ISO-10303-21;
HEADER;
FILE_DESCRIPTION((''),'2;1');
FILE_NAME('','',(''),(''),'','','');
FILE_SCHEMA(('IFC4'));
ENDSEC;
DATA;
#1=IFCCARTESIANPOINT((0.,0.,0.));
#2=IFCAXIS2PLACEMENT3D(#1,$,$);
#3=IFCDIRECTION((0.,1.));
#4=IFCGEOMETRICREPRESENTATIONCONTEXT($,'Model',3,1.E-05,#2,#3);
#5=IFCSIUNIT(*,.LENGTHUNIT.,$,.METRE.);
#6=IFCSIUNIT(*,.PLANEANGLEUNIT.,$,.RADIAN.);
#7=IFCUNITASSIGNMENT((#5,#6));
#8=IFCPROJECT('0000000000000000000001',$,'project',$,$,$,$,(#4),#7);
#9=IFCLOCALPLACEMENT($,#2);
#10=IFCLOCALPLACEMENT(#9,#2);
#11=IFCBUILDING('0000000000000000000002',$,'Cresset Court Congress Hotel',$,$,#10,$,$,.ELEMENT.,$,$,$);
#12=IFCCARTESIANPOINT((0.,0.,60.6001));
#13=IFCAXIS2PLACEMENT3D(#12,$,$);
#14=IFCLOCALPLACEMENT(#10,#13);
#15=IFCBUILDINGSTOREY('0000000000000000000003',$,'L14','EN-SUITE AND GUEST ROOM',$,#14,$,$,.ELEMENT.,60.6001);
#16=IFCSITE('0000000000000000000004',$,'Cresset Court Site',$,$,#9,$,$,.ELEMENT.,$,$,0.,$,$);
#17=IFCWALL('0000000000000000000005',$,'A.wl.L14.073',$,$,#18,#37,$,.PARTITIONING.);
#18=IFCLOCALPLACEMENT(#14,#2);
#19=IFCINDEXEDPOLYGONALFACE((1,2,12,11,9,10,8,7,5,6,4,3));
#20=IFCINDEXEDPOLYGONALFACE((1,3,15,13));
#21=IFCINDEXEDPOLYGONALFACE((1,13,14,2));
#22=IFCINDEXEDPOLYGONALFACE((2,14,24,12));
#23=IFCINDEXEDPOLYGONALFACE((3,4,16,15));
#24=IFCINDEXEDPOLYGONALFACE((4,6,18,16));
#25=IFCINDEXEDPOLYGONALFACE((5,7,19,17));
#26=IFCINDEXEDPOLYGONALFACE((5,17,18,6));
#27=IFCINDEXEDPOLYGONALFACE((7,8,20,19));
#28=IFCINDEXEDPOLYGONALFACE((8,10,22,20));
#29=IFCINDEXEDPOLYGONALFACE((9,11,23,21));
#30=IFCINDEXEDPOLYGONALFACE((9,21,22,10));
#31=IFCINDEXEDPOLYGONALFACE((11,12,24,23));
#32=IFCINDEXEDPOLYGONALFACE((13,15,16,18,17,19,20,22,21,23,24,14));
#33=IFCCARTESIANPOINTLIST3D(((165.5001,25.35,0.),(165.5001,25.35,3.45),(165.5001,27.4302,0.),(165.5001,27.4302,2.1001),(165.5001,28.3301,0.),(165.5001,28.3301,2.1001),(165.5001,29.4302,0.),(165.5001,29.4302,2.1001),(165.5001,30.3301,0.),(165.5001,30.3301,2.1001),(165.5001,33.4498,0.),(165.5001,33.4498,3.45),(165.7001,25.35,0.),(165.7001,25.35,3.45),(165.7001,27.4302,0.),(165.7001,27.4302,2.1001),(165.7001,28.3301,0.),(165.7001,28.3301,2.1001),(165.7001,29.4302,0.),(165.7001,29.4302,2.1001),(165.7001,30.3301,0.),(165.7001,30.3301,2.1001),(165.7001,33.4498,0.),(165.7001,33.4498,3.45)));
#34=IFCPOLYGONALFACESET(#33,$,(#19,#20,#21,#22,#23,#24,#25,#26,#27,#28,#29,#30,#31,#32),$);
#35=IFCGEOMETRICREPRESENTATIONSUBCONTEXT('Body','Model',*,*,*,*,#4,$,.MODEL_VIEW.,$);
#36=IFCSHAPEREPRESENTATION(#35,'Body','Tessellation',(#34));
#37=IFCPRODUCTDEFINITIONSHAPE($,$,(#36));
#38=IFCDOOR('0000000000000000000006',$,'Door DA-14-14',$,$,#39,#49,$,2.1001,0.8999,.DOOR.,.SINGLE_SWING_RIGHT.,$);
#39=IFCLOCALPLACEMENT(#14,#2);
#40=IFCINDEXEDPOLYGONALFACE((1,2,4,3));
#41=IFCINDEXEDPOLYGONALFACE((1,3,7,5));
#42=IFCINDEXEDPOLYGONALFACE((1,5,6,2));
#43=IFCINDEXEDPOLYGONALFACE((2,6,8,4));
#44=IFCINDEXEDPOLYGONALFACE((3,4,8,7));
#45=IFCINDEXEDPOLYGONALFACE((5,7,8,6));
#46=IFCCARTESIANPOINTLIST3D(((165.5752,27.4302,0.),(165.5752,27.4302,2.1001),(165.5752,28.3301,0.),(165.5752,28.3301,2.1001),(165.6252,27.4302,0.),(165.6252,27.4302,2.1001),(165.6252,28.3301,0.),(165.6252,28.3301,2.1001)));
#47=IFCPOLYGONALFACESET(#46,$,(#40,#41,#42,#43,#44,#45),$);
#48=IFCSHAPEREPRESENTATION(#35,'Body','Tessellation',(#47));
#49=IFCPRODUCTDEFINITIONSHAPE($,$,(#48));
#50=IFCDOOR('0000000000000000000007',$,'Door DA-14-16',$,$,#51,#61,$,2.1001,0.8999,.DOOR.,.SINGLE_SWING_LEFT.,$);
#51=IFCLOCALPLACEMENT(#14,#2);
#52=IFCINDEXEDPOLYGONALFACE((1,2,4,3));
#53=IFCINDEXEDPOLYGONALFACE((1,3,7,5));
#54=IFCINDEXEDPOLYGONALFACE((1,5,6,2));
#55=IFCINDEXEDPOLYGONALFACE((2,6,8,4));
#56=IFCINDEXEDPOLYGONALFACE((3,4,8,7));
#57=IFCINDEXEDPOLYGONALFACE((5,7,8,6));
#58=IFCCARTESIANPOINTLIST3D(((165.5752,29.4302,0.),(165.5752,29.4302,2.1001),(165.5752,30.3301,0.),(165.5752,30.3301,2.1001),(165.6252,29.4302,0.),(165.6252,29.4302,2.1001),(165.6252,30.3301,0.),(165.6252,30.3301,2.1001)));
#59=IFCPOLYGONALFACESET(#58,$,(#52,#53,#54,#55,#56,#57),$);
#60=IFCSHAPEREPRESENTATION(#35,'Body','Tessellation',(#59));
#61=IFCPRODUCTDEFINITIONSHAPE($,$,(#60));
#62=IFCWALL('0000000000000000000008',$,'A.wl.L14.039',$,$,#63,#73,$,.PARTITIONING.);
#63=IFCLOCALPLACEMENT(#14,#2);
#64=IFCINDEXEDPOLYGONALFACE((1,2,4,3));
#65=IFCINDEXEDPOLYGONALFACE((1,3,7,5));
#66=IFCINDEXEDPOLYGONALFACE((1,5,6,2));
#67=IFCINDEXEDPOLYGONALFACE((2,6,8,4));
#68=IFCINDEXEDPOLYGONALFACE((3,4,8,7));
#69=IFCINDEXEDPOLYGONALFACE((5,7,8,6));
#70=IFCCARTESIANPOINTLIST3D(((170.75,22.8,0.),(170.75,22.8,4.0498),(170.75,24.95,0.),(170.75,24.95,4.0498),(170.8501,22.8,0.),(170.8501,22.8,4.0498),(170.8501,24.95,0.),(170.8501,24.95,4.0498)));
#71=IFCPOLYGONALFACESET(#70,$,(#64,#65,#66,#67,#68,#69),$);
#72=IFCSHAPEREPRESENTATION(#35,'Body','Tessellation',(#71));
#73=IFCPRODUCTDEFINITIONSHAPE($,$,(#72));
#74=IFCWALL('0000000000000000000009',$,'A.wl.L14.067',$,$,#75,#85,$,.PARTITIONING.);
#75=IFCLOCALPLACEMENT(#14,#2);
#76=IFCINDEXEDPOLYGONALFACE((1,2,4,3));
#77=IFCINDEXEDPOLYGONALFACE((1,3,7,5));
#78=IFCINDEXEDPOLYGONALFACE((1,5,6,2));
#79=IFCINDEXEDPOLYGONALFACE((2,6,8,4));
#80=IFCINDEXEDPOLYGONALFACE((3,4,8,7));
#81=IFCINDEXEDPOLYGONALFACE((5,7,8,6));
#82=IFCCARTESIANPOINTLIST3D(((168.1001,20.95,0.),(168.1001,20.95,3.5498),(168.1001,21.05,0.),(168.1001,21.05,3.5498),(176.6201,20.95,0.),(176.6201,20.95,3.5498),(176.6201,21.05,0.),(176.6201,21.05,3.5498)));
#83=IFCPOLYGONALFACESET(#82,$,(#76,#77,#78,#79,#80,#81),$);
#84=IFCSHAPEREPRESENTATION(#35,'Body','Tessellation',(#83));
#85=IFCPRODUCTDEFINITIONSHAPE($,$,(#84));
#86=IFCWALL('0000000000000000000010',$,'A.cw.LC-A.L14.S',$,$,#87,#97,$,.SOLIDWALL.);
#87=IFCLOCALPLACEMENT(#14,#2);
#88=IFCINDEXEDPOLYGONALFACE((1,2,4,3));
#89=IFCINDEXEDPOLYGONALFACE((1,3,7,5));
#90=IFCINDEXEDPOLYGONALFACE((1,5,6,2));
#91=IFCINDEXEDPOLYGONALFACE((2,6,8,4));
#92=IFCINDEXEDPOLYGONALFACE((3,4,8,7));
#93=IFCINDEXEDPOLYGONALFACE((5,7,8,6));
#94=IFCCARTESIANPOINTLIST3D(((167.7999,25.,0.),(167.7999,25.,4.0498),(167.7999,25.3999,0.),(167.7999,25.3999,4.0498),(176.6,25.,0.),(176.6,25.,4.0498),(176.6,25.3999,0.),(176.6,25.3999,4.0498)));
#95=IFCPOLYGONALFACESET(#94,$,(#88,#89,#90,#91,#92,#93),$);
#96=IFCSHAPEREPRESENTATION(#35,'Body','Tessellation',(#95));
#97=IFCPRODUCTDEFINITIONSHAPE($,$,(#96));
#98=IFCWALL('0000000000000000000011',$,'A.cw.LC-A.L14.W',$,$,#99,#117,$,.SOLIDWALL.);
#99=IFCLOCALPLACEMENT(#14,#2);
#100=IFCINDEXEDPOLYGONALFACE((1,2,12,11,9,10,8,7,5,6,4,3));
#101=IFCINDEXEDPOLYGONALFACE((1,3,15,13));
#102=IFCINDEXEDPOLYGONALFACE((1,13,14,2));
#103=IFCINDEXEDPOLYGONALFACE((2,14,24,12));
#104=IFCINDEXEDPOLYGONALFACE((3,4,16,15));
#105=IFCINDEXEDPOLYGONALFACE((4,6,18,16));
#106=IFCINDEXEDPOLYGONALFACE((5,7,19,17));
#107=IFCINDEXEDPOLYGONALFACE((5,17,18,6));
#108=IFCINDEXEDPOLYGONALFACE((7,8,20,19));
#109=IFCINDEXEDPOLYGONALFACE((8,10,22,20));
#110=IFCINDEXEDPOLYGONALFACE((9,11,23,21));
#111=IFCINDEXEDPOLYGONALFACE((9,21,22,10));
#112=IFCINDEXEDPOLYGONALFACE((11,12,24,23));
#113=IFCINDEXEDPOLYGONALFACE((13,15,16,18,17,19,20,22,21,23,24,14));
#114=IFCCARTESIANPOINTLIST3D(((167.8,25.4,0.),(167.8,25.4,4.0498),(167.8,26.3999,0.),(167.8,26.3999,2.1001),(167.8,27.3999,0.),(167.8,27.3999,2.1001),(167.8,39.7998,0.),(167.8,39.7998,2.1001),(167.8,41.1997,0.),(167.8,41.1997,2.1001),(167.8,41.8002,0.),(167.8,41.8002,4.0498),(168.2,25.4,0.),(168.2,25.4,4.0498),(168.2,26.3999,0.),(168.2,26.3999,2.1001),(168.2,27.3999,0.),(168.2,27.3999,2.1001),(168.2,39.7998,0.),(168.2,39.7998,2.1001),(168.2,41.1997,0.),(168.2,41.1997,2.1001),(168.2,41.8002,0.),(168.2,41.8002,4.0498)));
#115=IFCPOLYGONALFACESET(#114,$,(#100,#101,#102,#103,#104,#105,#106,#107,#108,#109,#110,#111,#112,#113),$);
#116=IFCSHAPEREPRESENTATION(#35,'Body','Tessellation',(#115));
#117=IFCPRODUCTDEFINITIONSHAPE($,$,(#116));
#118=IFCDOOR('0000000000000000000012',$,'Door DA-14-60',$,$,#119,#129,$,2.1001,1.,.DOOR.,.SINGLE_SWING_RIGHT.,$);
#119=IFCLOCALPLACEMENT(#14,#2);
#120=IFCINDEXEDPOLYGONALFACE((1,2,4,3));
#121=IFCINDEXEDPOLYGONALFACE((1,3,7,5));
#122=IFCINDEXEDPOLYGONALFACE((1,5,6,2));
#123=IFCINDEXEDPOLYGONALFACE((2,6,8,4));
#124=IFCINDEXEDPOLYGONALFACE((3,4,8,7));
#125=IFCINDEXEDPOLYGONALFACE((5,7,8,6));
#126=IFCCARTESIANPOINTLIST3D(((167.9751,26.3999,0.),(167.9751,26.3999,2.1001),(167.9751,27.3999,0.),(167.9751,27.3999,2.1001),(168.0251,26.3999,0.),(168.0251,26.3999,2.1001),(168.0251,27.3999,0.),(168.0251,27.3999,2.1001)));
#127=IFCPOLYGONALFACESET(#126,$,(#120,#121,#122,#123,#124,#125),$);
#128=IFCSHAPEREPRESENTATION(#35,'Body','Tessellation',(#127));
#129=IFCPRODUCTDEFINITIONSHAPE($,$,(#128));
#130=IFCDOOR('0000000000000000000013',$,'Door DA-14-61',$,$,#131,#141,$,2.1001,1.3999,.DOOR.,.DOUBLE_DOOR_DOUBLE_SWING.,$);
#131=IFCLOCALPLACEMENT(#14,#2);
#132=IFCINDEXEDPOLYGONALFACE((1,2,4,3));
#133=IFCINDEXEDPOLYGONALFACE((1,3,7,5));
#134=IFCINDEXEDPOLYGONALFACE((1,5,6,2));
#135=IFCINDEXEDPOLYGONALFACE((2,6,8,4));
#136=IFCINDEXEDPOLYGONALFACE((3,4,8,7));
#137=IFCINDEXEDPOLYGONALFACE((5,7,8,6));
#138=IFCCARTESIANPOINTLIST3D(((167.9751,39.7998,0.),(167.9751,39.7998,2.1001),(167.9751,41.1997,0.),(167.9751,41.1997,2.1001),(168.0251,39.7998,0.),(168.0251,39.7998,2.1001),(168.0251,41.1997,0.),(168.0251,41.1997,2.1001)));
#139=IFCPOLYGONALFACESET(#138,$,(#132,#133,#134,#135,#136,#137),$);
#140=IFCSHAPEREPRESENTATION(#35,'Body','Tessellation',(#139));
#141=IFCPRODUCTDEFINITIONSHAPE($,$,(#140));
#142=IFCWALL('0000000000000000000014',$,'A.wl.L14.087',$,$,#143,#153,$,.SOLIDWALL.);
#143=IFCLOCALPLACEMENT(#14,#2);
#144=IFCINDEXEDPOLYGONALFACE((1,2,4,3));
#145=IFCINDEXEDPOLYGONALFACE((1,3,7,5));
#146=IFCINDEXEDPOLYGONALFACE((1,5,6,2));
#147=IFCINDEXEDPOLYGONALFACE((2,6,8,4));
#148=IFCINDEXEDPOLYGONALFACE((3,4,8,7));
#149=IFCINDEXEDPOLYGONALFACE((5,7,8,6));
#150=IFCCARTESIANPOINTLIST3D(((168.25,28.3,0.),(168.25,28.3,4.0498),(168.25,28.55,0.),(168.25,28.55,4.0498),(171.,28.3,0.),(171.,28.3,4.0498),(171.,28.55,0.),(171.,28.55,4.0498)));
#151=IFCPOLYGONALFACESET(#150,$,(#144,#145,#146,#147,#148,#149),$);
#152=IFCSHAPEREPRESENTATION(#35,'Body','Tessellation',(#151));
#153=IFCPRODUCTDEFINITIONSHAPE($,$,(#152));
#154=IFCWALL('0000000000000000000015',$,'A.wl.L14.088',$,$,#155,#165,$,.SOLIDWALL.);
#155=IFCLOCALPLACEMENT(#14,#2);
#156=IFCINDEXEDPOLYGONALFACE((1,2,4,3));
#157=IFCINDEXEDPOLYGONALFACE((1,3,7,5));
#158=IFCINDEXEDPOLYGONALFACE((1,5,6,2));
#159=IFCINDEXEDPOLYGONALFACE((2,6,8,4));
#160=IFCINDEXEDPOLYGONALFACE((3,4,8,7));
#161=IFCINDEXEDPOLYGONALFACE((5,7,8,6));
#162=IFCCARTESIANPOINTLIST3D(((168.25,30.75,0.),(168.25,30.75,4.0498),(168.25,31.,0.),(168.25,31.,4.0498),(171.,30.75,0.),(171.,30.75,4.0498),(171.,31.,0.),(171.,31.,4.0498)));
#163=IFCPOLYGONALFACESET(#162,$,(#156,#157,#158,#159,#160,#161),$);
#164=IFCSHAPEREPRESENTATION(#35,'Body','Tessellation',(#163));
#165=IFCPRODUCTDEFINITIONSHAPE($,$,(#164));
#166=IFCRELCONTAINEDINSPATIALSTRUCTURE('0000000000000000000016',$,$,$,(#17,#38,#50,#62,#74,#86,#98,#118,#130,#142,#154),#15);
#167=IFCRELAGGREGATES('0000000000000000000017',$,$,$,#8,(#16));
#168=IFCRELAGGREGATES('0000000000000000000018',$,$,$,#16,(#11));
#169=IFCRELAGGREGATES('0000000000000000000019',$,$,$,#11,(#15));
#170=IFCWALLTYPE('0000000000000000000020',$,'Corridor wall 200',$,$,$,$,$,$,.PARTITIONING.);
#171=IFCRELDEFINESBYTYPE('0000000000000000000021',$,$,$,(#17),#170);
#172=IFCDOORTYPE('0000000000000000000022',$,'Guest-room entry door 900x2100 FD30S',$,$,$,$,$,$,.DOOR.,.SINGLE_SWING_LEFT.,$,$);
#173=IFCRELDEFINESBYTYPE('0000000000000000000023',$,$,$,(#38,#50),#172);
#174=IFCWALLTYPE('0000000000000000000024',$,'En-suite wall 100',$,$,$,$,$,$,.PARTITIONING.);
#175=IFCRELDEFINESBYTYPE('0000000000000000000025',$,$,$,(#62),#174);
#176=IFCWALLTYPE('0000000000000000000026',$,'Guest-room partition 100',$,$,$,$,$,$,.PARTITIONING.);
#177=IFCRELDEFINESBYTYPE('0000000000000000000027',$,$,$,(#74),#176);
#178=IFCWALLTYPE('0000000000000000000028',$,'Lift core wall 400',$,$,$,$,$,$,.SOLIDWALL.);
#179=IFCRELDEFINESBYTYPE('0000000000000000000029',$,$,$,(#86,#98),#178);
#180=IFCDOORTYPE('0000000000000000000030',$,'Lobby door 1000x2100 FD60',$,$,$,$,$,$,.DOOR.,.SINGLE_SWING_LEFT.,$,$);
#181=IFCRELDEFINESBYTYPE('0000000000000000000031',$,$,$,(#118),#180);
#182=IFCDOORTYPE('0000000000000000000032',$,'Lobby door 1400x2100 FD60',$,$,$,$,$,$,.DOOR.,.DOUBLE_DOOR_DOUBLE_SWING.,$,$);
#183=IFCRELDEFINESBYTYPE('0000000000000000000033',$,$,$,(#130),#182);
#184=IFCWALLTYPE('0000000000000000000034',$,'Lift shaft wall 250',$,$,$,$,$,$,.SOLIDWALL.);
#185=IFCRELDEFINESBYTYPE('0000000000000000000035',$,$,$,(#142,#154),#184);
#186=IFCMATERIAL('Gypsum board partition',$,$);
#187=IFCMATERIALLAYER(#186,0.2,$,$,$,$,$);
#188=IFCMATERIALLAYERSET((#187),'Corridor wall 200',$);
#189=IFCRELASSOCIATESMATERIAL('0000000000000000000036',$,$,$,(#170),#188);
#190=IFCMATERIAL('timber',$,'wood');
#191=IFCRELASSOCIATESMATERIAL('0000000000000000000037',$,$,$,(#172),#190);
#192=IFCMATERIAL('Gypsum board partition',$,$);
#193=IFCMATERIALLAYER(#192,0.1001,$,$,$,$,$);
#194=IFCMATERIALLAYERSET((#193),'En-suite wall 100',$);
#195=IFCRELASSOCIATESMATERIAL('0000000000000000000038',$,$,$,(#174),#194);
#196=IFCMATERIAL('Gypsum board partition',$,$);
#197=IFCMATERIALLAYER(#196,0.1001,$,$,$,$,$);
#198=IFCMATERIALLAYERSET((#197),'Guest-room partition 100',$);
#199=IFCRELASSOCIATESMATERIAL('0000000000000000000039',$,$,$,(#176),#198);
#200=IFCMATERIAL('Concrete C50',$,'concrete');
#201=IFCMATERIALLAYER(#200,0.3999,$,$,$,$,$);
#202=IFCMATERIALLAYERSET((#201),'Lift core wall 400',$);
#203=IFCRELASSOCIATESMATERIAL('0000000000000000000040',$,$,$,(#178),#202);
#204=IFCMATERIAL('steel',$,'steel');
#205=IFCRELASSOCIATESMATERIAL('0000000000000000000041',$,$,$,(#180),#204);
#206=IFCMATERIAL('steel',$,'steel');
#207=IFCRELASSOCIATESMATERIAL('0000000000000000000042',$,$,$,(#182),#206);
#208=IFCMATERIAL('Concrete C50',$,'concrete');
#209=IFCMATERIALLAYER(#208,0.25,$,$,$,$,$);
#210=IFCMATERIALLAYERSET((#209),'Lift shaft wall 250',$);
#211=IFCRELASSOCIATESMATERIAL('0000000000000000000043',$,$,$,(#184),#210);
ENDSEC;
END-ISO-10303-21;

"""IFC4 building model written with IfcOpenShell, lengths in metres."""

from ifc_helpers import new_model, si_unit, direction, frame, frame_2d, origin, place, context, subcontext, project, spatial, rectangle, extrude, material, layer, layer_set, type_object, element, fill, save


model = new_model("IFC4")

# Units and contexts
model_context = context("Model", 3, precision=1e-05, world=origin(), true_north=direction((0.0, 1.0)))
body_context = subcontext(model_context, "Body", "Model", "MODEL_VIEW")
ifc_project = project(units=[si_unit("LENGTHUNIT", "METRE"), si_unit("PLANEANGLEUNIT", "RADIAN")], contexts=[model_context])

# Site, building, storey
site_placement = place(None, origin())
site = spatial("IfcSite", under=ifc_project, at=site_placement, Name="Cresset Court Site", CompositionType="ELEMENT", RefElevation=0.0)
building_placement = place(site_placement, origin())
building = spatial("IfcBuilding", under=site, at=building_placement, Name="Cresset Court Congress Hotel", CompositionType="ELEMENT")
storey_placement = place(building_placement, frame((0.0, 0.0, 60.6001)))
storey = spatial("IfcBuildingStorey", under=building, at=storey_placement, Name="L14", Description="EN-SUITE AND GUEST ROOM", CompositionType="ELEMENT", Elevation=60.6001)

# Wall, openings, doors
ifc_material_1 = material(Name="Gypsum board partition")
ifc_layer_1 = layer(ifc_material_1, 0.2)
ifc_layer_set_1 = layer_set([ifc_layer_1], Name="Corridor wall 200")
wall_type_1 = type_object("IfcWallType", Name="Corridor wall 200", PredefinedType="PARTITIONING", material=ifc_layer_set_1)
wall_1_placement = place(storey_placement, frame((165.6001, 25.3501, 0.0), z_axis=(0.0, 0.0, 1.0), x_axis=(0.0, 1.0, 0.0)))
wall_1 = element("IfcWall", 1, at=wall_1_placement, inside=storey, type_object=wall_type_1, Name="A.wl.L14.073", PredefinedType="PARTITIONING", context=body_context, shape_type="SweptSolid", body=[
    extrude(rectangle(XDim=8.0999, YDim=0.2, at=frame_2d((4.0498, 0.0))), origin(), (0.0, 0.0, 1.0), 3.45),
])
opening_1_placement = place(wall_1_placement, frame((2.0801, 0.0, 0.0)))
opening_1 = element("IfcOpeningElement", 2, at=opening_1_placement, cuts=wall_1, PredefinedType="OPENING", context=body_context, shape_type="SweptSolid", body=[
    extrude(rectangle(XDim=0.8999, YDim=2.1001, at=frame_2d((0.45, 1.05))), frame((0.0, 0.1099, 0.0), z_axis=(0.0, -1.0, 0.0), x_axis=(1.0, 0.0, 0.0)), (0.0, 0.0, 1.0), 0.22),
])
opening_2_placement = place(wall_1_placement, frame((4.0801, 0.0, 0.0)))
opening_2 = element("IfcOpeningElement", 3, at=opening_2_placement, cuts=wall_1, PredefinedType="OPENING", context=body_context, shape_type="SweptSolid", body=[
    extrude(rectangle(XDim=0.8999, YDim=2.1001, at=frame_2d((0.45, 1.05))), frame((0.0, 0.1099, 0.0), z_axis=(0.0, -1.0, 0.0), x_axis=(1.0, 0.0, 0.0)), (0.0, 0.0, 1.0), 0.22),
])
ifc_material_2 = material(Name="timber", Category="wood")
door_type_1 = type_object("IfcDoorType", Name="Guest-room entry door 900x2100 FD30S", OperationType="SINGLE_SWING_LEFT", PredefinedType="DOOR", material=ifc_material_2)
door_1_placement = place(opening_1_placement, origin())
door_1 = element("IfcDoor", 4, at=door_1_placement, inside=storey, type_object=door_type_1, Name="Door DA-14-14", OperationType="SINGLE_SWING_RIGHT", OverallHeight=2.1001, OverallWidth=0.8999, PredefinedType="DOOR", context=body_context, shape_type="SweptSolid", body=[
    extrude(rectangle(XDim=0.8999, YDim=2.1001, at=frame_2d((0.45, 1.05))), frame((0.0, 0.0249, 0.0), z_axis=(0.0, -1.0, 0.0), x_axis=(1.0, 0.0, 0.0)), (0.0, 0.0, 1.0), 0.05),
])
fill(opening_1, door_1)
door_2_placement = place(opening_2_placement, origin())
door_2 = element("IfcDoor", 5, at=door_2_placement, inside=storey, type_object=door_type_1, Name="Door DA-14-16", OperationType="SINGLE_SWING_LEFT", OverallHeight=2.1001, OverallWidth=0.8999, PredefinedType="DOOR", context=body_context, shape_type="SweptSolid", body=[
    extrude(rectangle(XDim=0.8999, YDim=2.1001, at=frame_2d((0.45, 1.05))), frame((0.0, 0.0249, 0.0), z_axis=(0.0, -1.0, 0.0), x_axis=(1.0, 0.0, 0.0)), (0.0, 0.0, 1.0), 0.05),
])
fill(opening_2, door_2)

# Walls
ifc_material_3 = material(Name="Gypsum board partition")
ifc_layer_2 = layer(ifc_material_3, 0.1001)
ifc_layer_set_2 = layer_set([ifc_layer_2], Name="En-suite wall 100")
wall_type_2 = type_object("IfcWallType", Name="En-suite wall 100", PredefinedType="PARTITIONING", material=ifc_layer_set_2)
wall_2_placement = place(storey_placement, frame((170.8, 22.8, 0.0), z_axis=(0.0, 0.0, 1.0), x_axis=(0.0, 1.0, 0.0)))
element("IfcWall", 6, at=wall_2_placement, inside=storey, type_object=wall_type_2, Name="A.wl.L14.039", PredefinedType="PARTITIONING", context=body_context, shape_type="SweptSolid", body=[
    extrude(rectangle(XDim=2.1499, YDim=0.1001, at=frame_2d((1.075, 0.0))), origin(), (0.0, 0.0, 1.0), 4.0498),
])
ifc_material_4 = material(Name="Gypsum board partition")
ifc_layer_3 = layer(ifc_material_4, 0.1001)
ifc_layer_set_3 = layer_set([ifc_layer_3], Name="Guest-room partition 100")
wall_type_3 = type_object("IfcWallType", Name="Guest-room partition 100", PredefinedType="PARTITIONING", material=ifc_layer_set_3)
wall_3_placement = place(storey_placement, frame((168.1001, 21.0, 0.0), z_axis=(0.0, 0.0, 1.0), x_axis=(1.0, 0.0, 0.0)))
element("IfcWall", 7, at=wall_3_placement, inside=storey, type_object=wall_type_3, Name="A.wl.L14.067", PredefinedType="PARTITIONING", context=body_context, shape_type="SweptSolid", body=[
    extrude(rectangle(XDim=8.52, YDim=0.1001, at=frame_2d((4.26, 0.0))), origin(), (0.0, 0.0, 1.0), 3.5498),
])
ifc_material_5 = material(Name="Concrete C50", Category="concrete")
ifc_layer_4 = layer(ifc_material_5, 0.3999)
ifc_layer_set_4 = layer_set([ifc_layer_4], Name="Lift core wall 400")
wall_type_4 = type_object("IfcWallType", Name="Lift core wall 400", PredefinedType="SOLIDWALL", material=ifc_layer_set_4)
wall_4_placement = place(storey_placement, frame((167.8, 25.2, 0.0), z_axis=(0.0, 0.0, 1.0), x_axis=(1.0, 0.0, 0.0)))
element("IfcWall", 8, at=wall_4_placement, inside=storey, type_object=wall_type_4, Name="A.cw.LC-A.L14.S", PredefinedType="SOLIDWALL", context=body_context, shape_type="SweptSolid", body=[
    extrude(rectangle(XDim=8.8, YDim=0.3999, at=frame_2d((4.3999, 0.0))), origin(), (0.0, 0.0, 1.0), 4.0498),
])

# Wall, openings, doors
wall_5_placement = place(storey_placement, frame((168.0, 25.3999, 0.0), z_axis=(0.0, 0.0, 1.0), x_axis=(0.0, 1.0, 0.0)))
wall_5 = element("IfcWall", 9, at=wall_5_placement, inside=storey, type_object=wall_type_4, Name="A.cw.LC-A.L14.W", PredefinedType="SOLIDWALL", context=body_context, shape_type="SweptSolid", body=[
    extrude(rectangle(XDim=16.4001, YDim=0.3999, at=frame_2d((8.2002, 0.0))), origin(), (0.0, 0.0, 1.0), 4.0498),
])
opening_3_placement = place(wall_5_placement, frame((1.0, 0.0, 0.0)))
opening_3 = element("IfcOpeningElement", 10, at=opening_3_placement, cuts=wall_5, PredefinedType="OPENING", context=body_context, shape_type="SweptSolid", body=[
    extrude(rectangle(XDim=1.0, YDim=2.1001, at=frame_2d((0.5, 1.05))), frame((0.0, 0.21, 0.0), z_axis=(0.0, -1.0, 0.0), x_axis=(1.0, 0.0, 0.0)), (0.0, 0.0, 1.0), 0.4199),
])
opening_4_placement = place(wall_5_placement, frame((14.3999, 0.0, 0.0)))
opening_4 = element("IfcOpeningElement", 11, at=opening_4_placement, cuts=wall_5, PredefinedType="OPENING", context=body_context, shape_type="SweptSolid", body=[
    extrude(rectangle(XDim=1.3999, YDim=2.1001, at=frame_2d((0.7, 1.05))), frame((0.0, 0.21, 0.0), z_axis=(0.0, -1.0, 0.0), x_axis=(1.0, 0.0, 0.0)), (0.0, 0.0, 1.0), 0.4199),
])
ifc_material_6 = material(Name="steel", Category="steel")
door_type_2 = type_object("IfcDoorType", Name="Lobby door 1000x2100 FD60", OperationType="SINGLE_SWING_LEFT", PredefinedType="DOOR", material=ifc_material_6)
door_3_placement = place(opening_3_placement, origin())
door_3 = element("IfcDoor", 12, at=door_3_placement, inside=storey, type_object=door_type_2, Name="Door DA-14-60", OperationType="SINGLE_SWING_RIGHT", OverallHeight=2.1001, OverallWidth=1.0, PredefinedType="DOOR", context=body_context, shape_type="SweptSolid", body=[
    extrude(rectangle(XDim=1.0, YDim=2.1001, at=frame_2d((0.5, 1.05))), frame((0.0, 0.0249, 0.0), z_axis=(0.0, -1.0, 0.0), x_axis=(1.0, 0.0, 0.0)), (0.0, 0.0, 1.0), 0.05),
])
fill(opening_3, door_3)
ifc_material_7 = material(Name="steel", Category="steel")
door_type_3 = type_object("IfcDoorType", Name="Lobby door 1400x2100 FD60", OperationType="DOUBLE_DOOR_DOUBLE_SWING", PredefinedType="DOOR", material=ifc_material_7)
door_4_placement = place(opening_4_placement, origin())
door_4 = element("IfcDoor", 13, at=door_4_placement, inside=storey, type_object=door_type_3, Name="Door DA-14-61", OperationType="DOUBLE_DOOR_DOUBLE_SWING", OverallHeight=2.1001, OverallWidth=1.3999, PredefinedType="DOOR", context=body_context, shape_type="SweptSolid", body=[
    extrude(rectangle(XDim=1.3999, YDim=2.1001, at=frame_2d((0.7, 1.05))), frame((0.0, 0.0249, 0.0), z_axis=(0.0, -1.0, 0.0), x_axis=(1.0, 0.0, 0.0)), (0.0, 0.0, 1.0), 0.05),
])
fill(opening_4, door_4)

# Walls
ifc_material_8 = material(Name="Concrete C50", Category="concrete")
ifc_layer_5 = layer(ifc_material_8, 0.25)
ifc_layer_set_5 = layer_set([ifc_layer_5], Name="Lift shaft wall 250")
wall_type_5 = type_object("IfcWallType", Name="Lift shaft wall 250", PredefinedType="SOLIDWALL", material=ifc_layer_set_5)
for number, where, z_axis, x_axis, name in (
    (14, (168.25, 28.425, 0.0), (0.0, 0.0, 1.0), (1.0, 0.0, 0.0), "A.wl.L14.087"),
    (15, (168.25, 30.875, 0.0), (0.0, 0.0, 1.0), (1.0, 0.0, 0.0), "A.wl.L14.088"),
):
    element("IfcWall", number, at=place(storey_placement, frame(where, z_axis=z_axis, x_axis=x_axis)), inside=storey, type_object=wall_type_5, Name=name, PredefinedType="SOLIDWALL", context=body_context, shape_type="SweptSolid", body=[
        extrude(rectangle(XDim=2.75, YDim=0.25, at=frame_2d((1.375, 0.0))), origin(), (0.0, 0.0, 1.0), 4.0498),
    ])

save(model, "model.ifc")
